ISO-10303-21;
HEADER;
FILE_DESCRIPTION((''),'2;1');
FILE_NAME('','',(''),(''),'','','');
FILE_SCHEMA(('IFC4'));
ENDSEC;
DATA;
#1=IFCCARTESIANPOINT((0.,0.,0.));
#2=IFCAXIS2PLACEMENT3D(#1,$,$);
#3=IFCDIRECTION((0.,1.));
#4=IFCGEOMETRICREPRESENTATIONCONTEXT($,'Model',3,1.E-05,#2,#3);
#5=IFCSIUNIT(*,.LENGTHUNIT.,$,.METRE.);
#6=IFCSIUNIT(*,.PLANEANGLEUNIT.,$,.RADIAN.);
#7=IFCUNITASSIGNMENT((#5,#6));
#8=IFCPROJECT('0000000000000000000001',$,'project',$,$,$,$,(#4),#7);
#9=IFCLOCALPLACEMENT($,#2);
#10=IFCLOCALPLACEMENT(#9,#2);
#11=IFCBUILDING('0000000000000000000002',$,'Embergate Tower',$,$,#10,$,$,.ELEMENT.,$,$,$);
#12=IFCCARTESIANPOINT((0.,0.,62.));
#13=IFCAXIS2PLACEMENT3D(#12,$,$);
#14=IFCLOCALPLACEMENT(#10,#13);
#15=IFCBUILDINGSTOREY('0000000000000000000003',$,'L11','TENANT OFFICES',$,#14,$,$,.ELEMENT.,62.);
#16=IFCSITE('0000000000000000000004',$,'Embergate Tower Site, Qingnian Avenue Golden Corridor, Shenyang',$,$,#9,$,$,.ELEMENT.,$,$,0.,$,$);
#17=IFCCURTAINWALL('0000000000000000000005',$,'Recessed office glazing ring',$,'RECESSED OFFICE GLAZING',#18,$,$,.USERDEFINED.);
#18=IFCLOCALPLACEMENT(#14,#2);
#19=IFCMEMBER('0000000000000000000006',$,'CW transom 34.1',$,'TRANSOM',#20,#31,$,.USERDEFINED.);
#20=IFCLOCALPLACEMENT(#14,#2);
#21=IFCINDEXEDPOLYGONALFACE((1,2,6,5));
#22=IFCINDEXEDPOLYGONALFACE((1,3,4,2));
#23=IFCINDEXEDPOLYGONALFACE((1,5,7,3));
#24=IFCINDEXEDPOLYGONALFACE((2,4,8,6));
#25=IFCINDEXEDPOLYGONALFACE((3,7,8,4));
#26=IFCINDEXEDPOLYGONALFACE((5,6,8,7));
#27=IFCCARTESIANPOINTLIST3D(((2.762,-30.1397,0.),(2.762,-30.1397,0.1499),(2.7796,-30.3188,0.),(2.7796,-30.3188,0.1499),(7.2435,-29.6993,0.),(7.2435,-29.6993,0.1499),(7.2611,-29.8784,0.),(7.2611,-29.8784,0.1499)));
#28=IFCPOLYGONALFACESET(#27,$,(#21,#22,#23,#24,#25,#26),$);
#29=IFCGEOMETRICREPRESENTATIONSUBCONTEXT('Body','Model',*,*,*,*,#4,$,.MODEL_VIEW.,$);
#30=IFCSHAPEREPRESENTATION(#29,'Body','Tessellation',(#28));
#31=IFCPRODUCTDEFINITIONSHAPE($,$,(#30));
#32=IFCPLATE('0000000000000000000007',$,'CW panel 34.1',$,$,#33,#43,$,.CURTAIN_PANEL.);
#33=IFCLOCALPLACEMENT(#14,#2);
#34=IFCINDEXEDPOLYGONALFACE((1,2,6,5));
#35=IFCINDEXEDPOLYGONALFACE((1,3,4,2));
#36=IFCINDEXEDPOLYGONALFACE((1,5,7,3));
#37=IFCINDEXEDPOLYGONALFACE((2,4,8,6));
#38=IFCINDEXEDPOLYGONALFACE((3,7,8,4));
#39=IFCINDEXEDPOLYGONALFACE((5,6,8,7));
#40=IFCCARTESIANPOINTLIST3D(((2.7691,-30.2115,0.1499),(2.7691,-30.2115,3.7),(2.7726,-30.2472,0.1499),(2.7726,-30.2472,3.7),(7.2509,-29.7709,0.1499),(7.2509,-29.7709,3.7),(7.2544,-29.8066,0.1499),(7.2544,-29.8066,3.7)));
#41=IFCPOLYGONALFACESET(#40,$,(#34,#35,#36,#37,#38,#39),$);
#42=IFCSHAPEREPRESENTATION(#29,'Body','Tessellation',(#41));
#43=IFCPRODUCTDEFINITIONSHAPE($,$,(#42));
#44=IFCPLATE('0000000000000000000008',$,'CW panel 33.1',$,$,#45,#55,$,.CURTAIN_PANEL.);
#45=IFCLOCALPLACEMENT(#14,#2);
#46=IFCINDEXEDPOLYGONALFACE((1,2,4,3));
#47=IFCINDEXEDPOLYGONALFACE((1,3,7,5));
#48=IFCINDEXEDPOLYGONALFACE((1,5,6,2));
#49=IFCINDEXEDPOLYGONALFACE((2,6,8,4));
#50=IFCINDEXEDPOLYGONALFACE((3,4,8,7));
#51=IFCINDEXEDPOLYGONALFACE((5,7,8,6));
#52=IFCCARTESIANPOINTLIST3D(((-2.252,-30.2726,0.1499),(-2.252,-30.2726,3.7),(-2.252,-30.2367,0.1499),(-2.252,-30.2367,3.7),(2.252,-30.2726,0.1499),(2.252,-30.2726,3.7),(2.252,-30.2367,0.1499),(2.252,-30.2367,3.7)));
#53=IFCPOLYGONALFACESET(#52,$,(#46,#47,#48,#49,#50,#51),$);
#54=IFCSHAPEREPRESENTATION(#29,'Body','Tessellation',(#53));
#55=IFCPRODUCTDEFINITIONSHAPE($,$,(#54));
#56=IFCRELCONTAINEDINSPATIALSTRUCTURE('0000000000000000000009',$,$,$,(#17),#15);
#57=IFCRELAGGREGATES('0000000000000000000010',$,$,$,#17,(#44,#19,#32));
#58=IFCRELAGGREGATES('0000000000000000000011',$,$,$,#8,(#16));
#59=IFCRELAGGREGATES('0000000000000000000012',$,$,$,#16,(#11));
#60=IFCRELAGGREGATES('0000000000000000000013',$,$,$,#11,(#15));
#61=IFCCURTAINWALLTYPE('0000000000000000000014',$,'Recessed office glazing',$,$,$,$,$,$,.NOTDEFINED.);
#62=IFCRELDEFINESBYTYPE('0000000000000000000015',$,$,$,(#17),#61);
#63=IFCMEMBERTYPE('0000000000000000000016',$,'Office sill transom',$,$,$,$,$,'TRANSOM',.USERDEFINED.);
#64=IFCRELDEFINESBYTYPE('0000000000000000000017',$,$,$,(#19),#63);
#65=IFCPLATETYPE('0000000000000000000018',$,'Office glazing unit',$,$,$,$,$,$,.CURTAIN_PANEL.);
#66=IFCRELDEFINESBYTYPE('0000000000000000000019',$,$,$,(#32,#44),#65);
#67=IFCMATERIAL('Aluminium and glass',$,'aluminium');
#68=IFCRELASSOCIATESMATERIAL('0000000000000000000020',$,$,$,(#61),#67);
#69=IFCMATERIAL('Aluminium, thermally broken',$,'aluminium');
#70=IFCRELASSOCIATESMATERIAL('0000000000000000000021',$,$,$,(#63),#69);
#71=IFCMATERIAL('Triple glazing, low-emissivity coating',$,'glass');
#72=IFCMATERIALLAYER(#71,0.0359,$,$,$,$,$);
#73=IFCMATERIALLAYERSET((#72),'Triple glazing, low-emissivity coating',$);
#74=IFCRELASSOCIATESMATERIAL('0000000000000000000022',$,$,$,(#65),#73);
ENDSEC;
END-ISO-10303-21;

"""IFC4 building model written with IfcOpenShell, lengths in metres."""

from ifc_helpers import new_model, si_unit, direction, frame, origin, origin_2d, place, context, subcontext, project, spatial, rectangle, extrude, source, transform, mapped, material, layer, layer_set, material_profile, profile_set, type_object, element, aggregate, save


model = new_model("IFC4")

# Units and contexts
model_context = context("Model", 3, precision=1e-05, world=origin(), true_north=direction((0.0, 1.0)))
body_context = subcontext(model_context, "Body", "Model", "MODEL_VIEW")
ifc_project = project(units=[si_unit("LENGTHUNIT", "METRE"), si_unit("PLANEANGLEUNIT", "RADIAN")], contexts=[model_context])

# Site, building, storey
site_placement = place(None, origin())
site = spatial("IfcSite", under=ifc_project, at=site_placement, Name="Embergate Tower Site, Qingnian Avenue Golden Corridor, Shenyang", CompositionType="ELEMENT", RefElevation=0.0)
building_placement = place(site_placement, origin())
building = spatial("IfcBuilding", under=site, at=building_placement, Name="Embergate Tower", CompositionType="ELEMENT")
storey_placement = place(building_placement, frame((0.0, 0.0, 62.0)))
storey = spatial("IfcBuildingStorey", under=building, at=storey_placement, Name="L11", Description="TENANT OFFICES", CompositionType="ELEMENT", Elevation=62.0)

# Curtain wall, member
ifc_material_1 = material(Name="Aluminium and glass", Category="aluminium")
curtain_wall_type = type_object("IfcCurtainWallType", Name="Recessed office glazing", PredefinedType="NOTDEFINED", material=ifc_material_1)
curtain_wall_placement = place(storey_placement, origin())
curtain_wall = element("IfcCurtainWall", 1, at=curtain_wall_placement, inside=storey, type_object=curtain_wall_type, Name="Recessed office glazing ring", ObjectType="RECESSED OFFICE GLAZING", PredefinedType="USERDEFINED")
ifc_material_2 = material(Name="Aluminium, thermally broken", Category="aluminium")
ifc_material_profile_1 = material_profile(ifc_material_2, rectangle(XDim=0.1799, YDim=0.1499, at=origin_2d()), Name="AL 150x180")
ifc_profile_set_1 = profile_set([ifc_material_profile_1], Name="Aluminium, thermally broken")
member_type_1 = type_object("IfcMemberType", Name="Office sill transom", ElementType="TRANSOM", PredefinedType="USERDEFINED", material=ifc_profile_set_1)
shared_shape_1 = source(origin(), body_context, "Body", "SweptSolid", [
    extrude(rectangle(XDim=0.1799, YDim=0.1499, at=origin_2d()), origin(), (0.0, 0.0, 1.0), 4.5032),
])
member_1_placement = place(storey_placement, frame((2.7708, -30.2292, 0.075), z_axis=(0.995206, 0.097802, 0.0), x_axis=(-0.097802, 0.995206, 0.0)))
member_1 = element("IfcMember", 2, at=member_1_placement, type_object=member_type_1, Name="CW transom 34.1", ObjectType="TRANSOM", PredefinedType="USERDEFINED", context=body_context, shape_type="MappedRepresentation", body=[
    mapped(shared_shape_1, transform((0.0, 0.0, 0.0))),
])

# Plates
ifc_material_3 = material(Name="Triple glazing, low-emissivity coating", Category="glass")
ifc_layer_1 = layer(ifc_material_3, 0.0359)
ifc_layer_set_1 = layer_set([ifc_layer_1], Name="Triple glazing, low-emissivity coating")
plate_type = type_object("IfcPlateType", Name="Office glazing unit", PredefinedType="CURTAIN_PANEL", material=ifc_layer_set_1)
shared_shape_2 = source(origin(), body_context, "Body", "SweptSolid", [
    extrude(rectangle(XDim=4.5034, YDim=0.0359, at=origin_2d()), origin(), (0.0, 0.0, 1.0), 3.55),
])
plate_1_placement = place(storey_placement, frame((5.0117, -30.009, 0.1499), z_axis=(0.0, 0.0, 1.0), x_axis=(0.995203, 0.097831, 0.0)))
plate_1 = element("IfcPlate", 3, at=plate_1_placement, type_object=plate_type, Name="CW panel 34.1", PredefinedType="CURTAIN_PANEL", context=body_context, shape_type="MappedRepresentation", body=[
    mapped(shared_shape_2, transform((0.0, 0.0, 0.0))),
])
shared_shape_3 = source(origin(), body_context, "Body", "SweptSolid", [
    extrude(rectangle(XDim=4.5039, YDim=0.0359, at=origin_2d()), origin(), (0.0, 0.0, 1.0), 3.55),
])
plate_2_placement = place(storey_placement, frame((0.0, -30.2546, 0.1499), z_axis=(0.0, 0.0, 1.0), x_axis=(1.0, 0.0, 0.0)))
plate_2 = element("IfcPlate", 4, at=plate_2_placement, type_object=plate_type, Name="CW panel 33.1", PredefinedType="CURTAIN_PANEL", context=body_context, shape_type="MappedRepresentation", body=[
    mapped(shared_shape_3, transform((0.0, 0.0, 0.0))),
])
aggregate(curtain_wall, [plate_2, member_1, plate_1])

save(model, "model.ifc")
